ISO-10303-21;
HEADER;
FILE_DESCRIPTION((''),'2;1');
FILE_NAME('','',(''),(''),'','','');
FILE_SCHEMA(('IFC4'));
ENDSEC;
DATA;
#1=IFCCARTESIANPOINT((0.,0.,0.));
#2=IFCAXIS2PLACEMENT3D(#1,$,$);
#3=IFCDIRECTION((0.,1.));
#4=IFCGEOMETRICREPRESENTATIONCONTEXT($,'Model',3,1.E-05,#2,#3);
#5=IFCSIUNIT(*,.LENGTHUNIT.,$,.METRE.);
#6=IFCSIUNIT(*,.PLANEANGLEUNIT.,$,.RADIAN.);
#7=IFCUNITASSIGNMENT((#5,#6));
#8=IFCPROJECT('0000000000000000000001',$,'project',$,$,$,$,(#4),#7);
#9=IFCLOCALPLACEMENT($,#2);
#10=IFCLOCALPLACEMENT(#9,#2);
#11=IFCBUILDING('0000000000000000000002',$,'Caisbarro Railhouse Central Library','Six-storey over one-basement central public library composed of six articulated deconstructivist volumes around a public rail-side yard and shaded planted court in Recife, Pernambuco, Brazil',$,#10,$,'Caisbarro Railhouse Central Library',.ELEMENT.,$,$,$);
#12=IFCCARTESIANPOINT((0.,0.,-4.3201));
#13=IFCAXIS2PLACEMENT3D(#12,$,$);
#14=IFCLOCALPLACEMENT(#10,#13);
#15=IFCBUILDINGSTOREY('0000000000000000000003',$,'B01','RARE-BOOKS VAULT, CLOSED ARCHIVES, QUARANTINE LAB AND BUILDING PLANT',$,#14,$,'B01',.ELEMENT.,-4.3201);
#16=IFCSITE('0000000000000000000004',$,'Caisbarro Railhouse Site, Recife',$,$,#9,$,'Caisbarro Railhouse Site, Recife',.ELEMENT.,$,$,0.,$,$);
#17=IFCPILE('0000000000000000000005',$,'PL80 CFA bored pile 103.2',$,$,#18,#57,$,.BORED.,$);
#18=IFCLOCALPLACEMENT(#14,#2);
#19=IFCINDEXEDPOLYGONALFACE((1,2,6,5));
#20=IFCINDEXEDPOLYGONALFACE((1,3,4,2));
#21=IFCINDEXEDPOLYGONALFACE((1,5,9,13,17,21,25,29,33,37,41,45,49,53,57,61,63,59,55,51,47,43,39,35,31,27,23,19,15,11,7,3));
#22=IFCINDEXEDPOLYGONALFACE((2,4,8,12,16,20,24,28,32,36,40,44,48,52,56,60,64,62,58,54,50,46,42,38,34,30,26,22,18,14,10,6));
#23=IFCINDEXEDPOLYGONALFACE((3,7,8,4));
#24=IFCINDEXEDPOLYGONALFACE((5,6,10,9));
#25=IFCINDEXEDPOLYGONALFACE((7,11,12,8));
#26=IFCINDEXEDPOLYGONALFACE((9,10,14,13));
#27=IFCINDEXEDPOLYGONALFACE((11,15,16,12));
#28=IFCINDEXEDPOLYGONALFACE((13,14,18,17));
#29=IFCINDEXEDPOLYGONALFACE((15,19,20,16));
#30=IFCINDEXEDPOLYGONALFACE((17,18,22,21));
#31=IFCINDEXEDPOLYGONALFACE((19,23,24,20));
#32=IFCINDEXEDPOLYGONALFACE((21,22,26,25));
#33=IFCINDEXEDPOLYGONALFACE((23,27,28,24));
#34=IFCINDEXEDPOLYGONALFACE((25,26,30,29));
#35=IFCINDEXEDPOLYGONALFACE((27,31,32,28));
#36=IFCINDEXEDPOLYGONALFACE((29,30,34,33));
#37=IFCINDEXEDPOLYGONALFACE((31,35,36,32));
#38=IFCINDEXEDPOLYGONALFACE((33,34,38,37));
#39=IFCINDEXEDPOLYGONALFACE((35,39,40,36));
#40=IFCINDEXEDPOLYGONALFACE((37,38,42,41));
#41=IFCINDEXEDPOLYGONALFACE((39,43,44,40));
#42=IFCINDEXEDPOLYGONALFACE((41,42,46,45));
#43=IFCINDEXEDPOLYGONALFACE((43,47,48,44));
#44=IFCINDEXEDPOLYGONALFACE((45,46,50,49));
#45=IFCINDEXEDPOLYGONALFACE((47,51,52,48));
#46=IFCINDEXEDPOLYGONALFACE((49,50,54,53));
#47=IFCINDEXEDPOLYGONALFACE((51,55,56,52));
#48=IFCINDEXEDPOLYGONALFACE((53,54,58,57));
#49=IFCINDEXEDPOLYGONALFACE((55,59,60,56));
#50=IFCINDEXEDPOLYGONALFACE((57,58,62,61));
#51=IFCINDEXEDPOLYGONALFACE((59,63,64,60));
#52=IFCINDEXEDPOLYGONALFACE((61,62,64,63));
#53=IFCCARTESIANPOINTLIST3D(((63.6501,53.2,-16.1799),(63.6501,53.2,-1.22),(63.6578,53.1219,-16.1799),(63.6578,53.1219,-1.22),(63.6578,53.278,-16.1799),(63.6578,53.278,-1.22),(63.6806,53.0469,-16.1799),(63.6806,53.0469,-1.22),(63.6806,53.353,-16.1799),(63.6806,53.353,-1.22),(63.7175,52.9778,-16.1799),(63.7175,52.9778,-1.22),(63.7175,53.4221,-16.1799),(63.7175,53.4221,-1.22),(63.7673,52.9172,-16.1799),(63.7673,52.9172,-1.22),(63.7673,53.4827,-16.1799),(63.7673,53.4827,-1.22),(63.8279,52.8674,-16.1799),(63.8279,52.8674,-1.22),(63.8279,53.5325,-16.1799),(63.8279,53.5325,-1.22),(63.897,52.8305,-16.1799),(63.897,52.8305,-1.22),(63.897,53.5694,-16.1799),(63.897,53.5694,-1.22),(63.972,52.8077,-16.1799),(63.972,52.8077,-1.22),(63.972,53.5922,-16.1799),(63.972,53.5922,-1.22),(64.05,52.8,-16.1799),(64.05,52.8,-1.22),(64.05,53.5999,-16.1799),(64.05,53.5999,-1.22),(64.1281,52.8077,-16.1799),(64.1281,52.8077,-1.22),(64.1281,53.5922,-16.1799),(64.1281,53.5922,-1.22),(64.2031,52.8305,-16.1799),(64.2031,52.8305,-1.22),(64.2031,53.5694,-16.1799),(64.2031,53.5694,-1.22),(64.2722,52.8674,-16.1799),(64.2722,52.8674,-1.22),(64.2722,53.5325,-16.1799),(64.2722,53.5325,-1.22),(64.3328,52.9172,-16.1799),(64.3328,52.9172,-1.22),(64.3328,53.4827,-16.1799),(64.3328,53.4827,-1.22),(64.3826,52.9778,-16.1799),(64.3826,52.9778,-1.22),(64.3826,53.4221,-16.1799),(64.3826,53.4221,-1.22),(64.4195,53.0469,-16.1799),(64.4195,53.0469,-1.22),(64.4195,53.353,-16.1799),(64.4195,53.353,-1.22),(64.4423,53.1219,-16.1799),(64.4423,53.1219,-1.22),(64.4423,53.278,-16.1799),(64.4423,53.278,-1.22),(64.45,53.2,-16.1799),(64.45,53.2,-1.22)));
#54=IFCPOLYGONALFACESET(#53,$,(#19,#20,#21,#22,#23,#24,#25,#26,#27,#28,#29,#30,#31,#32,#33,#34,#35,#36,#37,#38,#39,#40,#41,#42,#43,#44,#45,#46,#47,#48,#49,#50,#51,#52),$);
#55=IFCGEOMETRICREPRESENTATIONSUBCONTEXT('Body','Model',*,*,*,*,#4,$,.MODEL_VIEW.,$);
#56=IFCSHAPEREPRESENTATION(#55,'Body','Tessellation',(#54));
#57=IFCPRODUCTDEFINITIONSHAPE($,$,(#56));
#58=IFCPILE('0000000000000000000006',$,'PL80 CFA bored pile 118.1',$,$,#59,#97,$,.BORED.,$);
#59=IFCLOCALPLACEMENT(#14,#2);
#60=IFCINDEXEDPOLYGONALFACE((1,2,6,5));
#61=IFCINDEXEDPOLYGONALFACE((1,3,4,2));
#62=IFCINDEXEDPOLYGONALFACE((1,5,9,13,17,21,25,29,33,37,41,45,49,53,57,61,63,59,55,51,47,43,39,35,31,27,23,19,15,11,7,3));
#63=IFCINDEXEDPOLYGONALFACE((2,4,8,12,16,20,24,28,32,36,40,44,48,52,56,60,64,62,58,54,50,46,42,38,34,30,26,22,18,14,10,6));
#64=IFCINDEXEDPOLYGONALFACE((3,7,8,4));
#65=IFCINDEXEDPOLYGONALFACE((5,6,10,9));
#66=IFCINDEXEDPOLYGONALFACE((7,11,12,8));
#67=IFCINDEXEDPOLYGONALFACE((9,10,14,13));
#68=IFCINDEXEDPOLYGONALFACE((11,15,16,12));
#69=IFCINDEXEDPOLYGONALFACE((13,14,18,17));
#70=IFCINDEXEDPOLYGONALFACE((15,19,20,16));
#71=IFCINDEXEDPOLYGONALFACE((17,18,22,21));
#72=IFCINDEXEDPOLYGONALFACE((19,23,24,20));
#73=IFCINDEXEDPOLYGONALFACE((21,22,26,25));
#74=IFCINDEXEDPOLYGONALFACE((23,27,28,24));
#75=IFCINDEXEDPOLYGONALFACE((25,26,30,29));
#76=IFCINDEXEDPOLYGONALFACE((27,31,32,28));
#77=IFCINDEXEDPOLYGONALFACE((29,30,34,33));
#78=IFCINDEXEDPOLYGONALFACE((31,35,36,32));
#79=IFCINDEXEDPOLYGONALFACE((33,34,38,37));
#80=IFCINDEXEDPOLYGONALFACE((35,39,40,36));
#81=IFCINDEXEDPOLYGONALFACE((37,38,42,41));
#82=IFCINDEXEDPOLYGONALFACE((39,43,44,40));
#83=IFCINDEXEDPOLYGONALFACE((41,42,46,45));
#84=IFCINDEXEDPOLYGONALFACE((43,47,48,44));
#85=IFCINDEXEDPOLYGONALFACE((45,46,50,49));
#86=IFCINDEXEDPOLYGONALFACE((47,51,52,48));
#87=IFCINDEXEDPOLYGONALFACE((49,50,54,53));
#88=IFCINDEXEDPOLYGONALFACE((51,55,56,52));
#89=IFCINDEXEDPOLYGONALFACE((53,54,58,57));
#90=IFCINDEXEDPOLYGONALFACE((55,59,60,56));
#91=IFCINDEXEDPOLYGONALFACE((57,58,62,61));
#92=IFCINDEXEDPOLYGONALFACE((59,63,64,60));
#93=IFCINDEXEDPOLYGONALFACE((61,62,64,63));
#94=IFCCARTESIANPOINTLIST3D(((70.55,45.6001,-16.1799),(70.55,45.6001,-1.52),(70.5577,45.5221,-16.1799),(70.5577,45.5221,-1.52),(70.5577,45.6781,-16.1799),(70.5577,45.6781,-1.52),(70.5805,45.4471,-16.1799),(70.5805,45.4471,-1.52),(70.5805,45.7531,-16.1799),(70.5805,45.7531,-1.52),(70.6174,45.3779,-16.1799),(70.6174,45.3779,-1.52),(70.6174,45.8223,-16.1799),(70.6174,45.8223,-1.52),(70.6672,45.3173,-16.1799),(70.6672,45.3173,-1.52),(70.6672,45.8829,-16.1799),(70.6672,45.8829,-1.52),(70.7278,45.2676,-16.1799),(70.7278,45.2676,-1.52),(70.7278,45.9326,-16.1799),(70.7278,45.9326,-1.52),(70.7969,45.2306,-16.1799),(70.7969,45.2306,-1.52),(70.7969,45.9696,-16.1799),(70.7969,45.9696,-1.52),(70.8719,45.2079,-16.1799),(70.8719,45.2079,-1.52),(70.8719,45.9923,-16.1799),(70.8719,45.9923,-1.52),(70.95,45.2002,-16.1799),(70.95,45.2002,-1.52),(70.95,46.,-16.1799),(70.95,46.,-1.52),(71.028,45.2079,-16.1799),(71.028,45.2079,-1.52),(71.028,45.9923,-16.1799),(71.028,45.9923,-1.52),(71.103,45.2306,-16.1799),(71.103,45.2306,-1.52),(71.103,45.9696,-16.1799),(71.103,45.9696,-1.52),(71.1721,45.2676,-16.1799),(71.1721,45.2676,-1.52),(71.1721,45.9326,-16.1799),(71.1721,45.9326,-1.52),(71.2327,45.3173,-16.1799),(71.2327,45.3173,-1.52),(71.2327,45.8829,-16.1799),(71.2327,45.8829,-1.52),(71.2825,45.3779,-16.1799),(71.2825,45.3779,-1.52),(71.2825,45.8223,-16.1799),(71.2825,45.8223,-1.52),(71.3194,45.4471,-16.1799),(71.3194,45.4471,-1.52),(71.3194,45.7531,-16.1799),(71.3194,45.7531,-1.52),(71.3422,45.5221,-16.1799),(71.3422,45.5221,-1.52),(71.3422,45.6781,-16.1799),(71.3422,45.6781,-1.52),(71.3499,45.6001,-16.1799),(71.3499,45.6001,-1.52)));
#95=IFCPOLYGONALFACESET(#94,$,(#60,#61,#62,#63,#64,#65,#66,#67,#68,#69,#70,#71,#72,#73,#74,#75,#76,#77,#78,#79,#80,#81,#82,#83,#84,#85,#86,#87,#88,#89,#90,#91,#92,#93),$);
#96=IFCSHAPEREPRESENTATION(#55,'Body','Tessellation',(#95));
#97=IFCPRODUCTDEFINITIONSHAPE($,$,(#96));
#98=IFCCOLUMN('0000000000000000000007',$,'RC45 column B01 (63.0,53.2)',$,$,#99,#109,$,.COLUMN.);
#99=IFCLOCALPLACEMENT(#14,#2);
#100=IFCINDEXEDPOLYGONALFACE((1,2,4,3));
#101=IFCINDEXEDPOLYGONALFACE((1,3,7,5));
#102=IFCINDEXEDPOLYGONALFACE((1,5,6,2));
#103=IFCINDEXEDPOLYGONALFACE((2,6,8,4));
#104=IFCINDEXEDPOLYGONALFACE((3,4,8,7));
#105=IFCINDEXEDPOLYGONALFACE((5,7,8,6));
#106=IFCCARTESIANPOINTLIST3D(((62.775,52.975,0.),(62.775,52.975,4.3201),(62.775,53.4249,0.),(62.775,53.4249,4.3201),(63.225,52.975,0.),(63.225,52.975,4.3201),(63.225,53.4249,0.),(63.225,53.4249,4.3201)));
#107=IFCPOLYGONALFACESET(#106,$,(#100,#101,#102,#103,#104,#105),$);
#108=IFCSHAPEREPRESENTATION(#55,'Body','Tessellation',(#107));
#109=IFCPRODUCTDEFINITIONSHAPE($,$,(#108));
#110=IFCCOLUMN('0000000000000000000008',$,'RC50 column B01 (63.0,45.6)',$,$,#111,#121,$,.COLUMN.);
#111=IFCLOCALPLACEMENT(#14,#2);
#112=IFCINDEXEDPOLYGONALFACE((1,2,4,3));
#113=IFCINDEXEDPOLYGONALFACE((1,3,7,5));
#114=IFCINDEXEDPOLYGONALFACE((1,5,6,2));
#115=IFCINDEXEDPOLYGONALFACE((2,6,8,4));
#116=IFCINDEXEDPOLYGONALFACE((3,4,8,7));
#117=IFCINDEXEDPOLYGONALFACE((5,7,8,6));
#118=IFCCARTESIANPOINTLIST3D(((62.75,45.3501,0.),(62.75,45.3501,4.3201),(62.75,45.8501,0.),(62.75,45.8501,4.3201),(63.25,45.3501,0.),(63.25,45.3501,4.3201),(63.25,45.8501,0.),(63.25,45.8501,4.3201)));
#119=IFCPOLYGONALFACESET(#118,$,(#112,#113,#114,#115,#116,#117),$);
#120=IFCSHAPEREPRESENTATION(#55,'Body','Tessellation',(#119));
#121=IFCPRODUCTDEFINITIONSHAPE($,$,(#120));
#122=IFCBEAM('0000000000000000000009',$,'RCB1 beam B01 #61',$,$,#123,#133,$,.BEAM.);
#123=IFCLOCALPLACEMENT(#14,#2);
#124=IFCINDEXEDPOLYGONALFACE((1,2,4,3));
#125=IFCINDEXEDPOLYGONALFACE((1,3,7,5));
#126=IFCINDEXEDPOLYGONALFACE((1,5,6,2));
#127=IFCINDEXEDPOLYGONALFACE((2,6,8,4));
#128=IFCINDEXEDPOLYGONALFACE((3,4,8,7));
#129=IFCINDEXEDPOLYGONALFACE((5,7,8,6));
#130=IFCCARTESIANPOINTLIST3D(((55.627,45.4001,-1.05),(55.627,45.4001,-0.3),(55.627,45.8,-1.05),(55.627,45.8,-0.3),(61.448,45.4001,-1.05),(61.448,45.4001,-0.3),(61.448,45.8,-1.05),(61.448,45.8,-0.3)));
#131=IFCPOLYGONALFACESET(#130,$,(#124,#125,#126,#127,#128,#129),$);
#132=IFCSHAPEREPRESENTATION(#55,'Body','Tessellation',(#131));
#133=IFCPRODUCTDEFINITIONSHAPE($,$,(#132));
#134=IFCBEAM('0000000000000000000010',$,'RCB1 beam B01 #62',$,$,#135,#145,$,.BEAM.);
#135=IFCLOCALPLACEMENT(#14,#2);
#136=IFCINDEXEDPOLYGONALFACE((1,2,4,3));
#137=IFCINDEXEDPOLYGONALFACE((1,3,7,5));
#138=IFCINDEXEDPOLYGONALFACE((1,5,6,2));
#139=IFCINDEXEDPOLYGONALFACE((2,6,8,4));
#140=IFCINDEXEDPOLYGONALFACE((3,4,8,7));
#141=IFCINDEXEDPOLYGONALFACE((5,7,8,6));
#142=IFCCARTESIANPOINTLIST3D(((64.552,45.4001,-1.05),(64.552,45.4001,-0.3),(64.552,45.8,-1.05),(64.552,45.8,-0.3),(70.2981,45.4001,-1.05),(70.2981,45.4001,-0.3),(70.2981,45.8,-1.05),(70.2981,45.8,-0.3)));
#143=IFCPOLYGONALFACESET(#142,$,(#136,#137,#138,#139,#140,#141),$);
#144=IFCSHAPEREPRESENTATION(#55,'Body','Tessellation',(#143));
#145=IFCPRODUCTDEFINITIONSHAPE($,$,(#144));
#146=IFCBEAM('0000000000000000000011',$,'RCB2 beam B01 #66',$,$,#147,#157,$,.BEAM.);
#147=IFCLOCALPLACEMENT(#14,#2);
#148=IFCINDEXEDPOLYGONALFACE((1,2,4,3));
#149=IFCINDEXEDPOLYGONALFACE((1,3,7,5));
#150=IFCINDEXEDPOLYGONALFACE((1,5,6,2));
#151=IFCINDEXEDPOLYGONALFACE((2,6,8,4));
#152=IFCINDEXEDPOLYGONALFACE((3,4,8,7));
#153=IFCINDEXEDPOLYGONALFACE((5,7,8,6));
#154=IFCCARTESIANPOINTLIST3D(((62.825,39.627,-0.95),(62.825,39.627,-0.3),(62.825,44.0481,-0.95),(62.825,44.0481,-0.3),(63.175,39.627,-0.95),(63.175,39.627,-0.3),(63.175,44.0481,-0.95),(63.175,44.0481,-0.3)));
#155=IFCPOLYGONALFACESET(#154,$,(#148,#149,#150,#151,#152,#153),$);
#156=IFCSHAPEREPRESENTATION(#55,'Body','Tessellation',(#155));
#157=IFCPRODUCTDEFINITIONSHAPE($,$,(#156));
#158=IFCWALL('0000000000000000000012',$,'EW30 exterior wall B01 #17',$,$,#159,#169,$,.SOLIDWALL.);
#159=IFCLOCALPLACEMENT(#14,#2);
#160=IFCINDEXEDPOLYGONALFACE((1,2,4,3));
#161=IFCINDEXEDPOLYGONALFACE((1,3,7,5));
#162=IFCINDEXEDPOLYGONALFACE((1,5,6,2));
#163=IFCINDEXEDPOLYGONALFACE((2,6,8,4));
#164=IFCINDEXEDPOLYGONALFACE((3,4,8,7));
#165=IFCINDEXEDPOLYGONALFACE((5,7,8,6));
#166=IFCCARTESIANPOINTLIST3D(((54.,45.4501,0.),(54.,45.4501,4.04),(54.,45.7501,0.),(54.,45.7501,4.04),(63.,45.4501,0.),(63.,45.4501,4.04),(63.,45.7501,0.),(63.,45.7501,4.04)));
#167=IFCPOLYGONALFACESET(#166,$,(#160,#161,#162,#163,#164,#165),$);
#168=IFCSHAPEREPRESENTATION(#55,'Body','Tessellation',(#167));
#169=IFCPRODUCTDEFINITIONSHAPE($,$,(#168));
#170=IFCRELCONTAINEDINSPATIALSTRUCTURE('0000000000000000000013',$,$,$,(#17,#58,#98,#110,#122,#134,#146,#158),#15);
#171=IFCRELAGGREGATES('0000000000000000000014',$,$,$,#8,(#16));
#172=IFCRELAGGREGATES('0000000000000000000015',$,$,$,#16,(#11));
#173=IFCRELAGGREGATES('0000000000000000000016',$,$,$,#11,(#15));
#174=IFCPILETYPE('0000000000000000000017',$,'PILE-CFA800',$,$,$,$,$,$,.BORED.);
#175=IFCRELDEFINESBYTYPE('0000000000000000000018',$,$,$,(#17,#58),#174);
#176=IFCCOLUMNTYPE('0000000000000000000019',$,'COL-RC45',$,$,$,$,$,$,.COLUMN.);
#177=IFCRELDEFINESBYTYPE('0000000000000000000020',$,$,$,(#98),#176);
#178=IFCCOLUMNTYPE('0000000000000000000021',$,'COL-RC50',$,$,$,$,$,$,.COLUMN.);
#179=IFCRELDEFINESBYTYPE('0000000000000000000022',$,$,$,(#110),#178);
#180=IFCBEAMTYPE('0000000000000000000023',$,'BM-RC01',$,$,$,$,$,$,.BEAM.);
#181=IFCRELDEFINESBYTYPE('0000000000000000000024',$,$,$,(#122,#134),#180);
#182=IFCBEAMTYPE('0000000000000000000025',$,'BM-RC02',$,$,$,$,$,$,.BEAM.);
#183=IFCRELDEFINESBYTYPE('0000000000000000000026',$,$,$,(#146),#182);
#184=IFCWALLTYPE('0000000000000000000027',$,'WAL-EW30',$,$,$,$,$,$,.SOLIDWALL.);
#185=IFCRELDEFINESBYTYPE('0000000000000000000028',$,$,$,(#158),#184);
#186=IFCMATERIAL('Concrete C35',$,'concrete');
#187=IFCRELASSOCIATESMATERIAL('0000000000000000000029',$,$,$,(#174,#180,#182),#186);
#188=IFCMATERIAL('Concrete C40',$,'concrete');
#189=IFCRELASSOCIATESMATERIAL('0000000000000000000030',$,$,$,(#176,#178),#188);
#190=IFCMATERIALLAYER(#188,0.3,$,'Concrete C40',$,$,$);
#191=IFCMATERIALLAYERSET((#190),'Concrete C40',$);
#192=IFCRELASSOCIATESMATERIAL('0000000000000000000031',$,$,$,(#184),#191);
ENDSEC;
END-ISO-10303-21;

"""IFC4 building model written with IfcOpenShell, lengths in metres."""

from ifc_helpers import new_model, si_unit, direction, frame, frame_2d, origin, origin_2d, place, context, subcontext, project, spatial, rectangle, circle, extrude, material, layer, layer_set, material_profile, profile_set, type_object, element, save


model = new_model("IFC4")

# Units and contexts
model_context = context("Model", 3, precision=1e-05, world=origin(), true_north=direction((0.0, 1.0)))
body_context = subcontext(model_context, "Body", "Model", "MODEL_VIEW")
ifc_project = project(units=[si_unit("LENGTHUNIT", "METRE"), si_unit("PLANEANGLEUNIT", "RADIAN")], contexts=[model_context])

# Site, building, storey
site_placement = place(None, origin())
site = spatial("IfcSite", under=ifc_project, at=site_placement, Name="Caisbarro Railhouse Site, Recife", LongName="Caisbarro Railhouse Site, Recife", CompositionType="ELEMENT", RefElevation=0.0)
building_placement = place(site_placement, origin())
building = spatial("IfcBuilding", under=site, at=building_placement, Name="Caisbarro Railhouse Central Library", Description="Six-storey over one-basement central public library composed of six articulated deconstructivist volumes around a public rail-side yard and shaded planted court in Recife, Pernambuco, Brazil", LongName="Caisbarro Railhouse Central Library", CompositionType="ELEMENT")
storey_placement = place(building_placement, frame((0.0, 0.0, -4.3201)))
storey = spatial("IfcBuildingStorey", under=building, at=storey_placement, Name="B01", Description="RARE-BOOKS VAULT, CLOSED ARCHIVES, QUARANTINE LAB AND BUILDING PLANT", LongName="B01", CompositionType="ELEMENT", Elevation=-4.3201)

# Shared definitions
ifc_material_1 = material(Name="Concrete C35", Category="concrete")
ifc_material_2 = material(Name="Concrete C40", Category="concrete")

# Piles
ifc_material_profile_1 = material_profile(ifc_material_1, circle(Radius=0.3999, at=origin_2d()), Name="PILE-CFA-800")
ifc_profile_set_1 = profile_set([ifc_material_profile_1], Name="Concrete C35")
pile_type_1 = type_object("IfcPileType", Name="PILE-CFA800", PredefinedType="BORED", material=ifc_profile_set_1)
for number, where, z_axis, x_axis, name in (
    (1, (64.05, 53.2, -1.22), (0.0, 0.0, -1.0), (1.0, 0.0, 0.0), "PL80 CFA bored pile 103.2"),
):
    element("IfcPile", number, at=place(storey_placement, frame(where, z_axis=z_axis, x_axis=x_axis)), inside=storey, type_object=pile_type_1, Name=name, PredefinedType="BORED", context=body_context, shape_type="SweptSolid", body=[
        extrude(circle(Radius=0.3999, at=origin_2d()), origin(), (0.0, 0.0, 1.0), 14.96),
    ])
pile_1_placement = place(storey_placement, frame((70.95, 45.6001, -1.52), z_axis=(0.0, 0.0, -1.0), x_axis=(1.0, 0.0, 0.0)))
element("IfcPile", 2, at=pile_1_placement, inside=storey, type_object=pile_type_1, Name="PL80 CFA bored pile 118.1", PredefinedType="BORED", context=body_context, shape_type="SweptSolid", body=[
    extrude(circle(Radius=0.3999, at=origin_2d()), origin(), (0.0, 0.0, 1.0), 14.6599),
])

# Columns
ifc_material_profile_2 = material_profile(ifc_material_2, rectangle(XDim=0.45, YDim=0.45, at=origin_2d()), Name="RC-COL-450X450")
ifc_profile_set_2 = profile_set([ifc_material_profile_2], Name="Concrete C40")
column_type_1 = type_object("IfcColumnType", Name="COL-RC45", PredefinedType="COLUMN", material=ifc_profile_set_2)
column_1_placement = place(storey_placement, frame((63.0, 53.2, 0.0), z_axis=(0.0, 0.0, 1.0), x_axis=(1.0, 0.0, 0.0)))
element("IfcColumn", 3, at=column_1_placement, inside=storey, type_object=column_type_1, Name="RC45 column B01 (63.0,53.2)", PredefinedType="COLUMN", context=body_context, shape_type="SweptSolid", body=[
    extrude(rectangle(XDim=0.45, YDim=0.45, at=origin_2d()), origin(), (0.0, 0.0, 1.0), 4.3201),
])
ifc_material_profile_3 = material_profile(ifc_material_2, rectangle(XDim=0.5, YDim=0.5, at=origin_2d()), Name="RC-COL-500X500")
ifc_profile_set_3 = profile_set([ifc_material_profile_3], Name="Concrete C40")
column_type_2 = type_object("IfcColumnType", Name="COL-RC50", PredefinedType="COLUMN", material=ifc_profile_set_3)
column_2_placement = place(storey_placement, frame((63.0, 45.6001, 0.0), z_axis=(0.0, 0.0, 1.0), x_axis=(1.0, 0.0, 0.0)))
element("IfcColumn", 4, at=column_2_placement, inside=storey, type_object=column_type_2, Name="RC50 column B01 (63.0,45.6)", PredefinedType="COLUMN", context=body_context, shape_type="SweptSolid", body=[
    extrude(rectangle(XDim=0.5, YDim=0.5, at=origin_2d()), origin(), (0.0, 0.0, 1.0), 4.3201),
])

# Beams
ifc_material_profile_4 = material_profile(ifc_material_1, rectangle(XDim=0.3999, YDim=0.75, at=origin_2d()), Name="RC-BM-400X750")
ifc_profile_set_4 = profile_set([ifc_material_profile_4], Name="Concrete C35")
beam_type_1 = type_object("IfcBeamType", Name="BM-RC01", PredefinedType="BEAM", material=ifc_profile_set_4)
beam_1_placement = place(storey_placement, frame((55.627, 45.6001, -0.675), z_axis=(1.0, 0.0, 0.0), x_axis=(0.0, 1.0, 0.0)))
element("IfcBeam", 5, at=beam_1_placement, inside=storey, type_object=beam_type_1, Name="RCB1 beam B01 #61", PredefinedType="BEAM", context=body_context, shape_type="SweptSolid", body=[
    extrude(rectangle(XDim=0.3999, YDim=0.75, at=origin_2d()), origin(), (0.0, 0.0, 1.0), 5.821),
])
beam_2_placement = place(storey_placement, frame((64.552, 45.6001, -0.675), z_axis=(1.0, 0.0, 0.0), x_axis=(0.0, 1.0, 0.0)))
element("IfcBeam", 6, at=beam_2_placement, inside=storey, type_object=beam_type_1, Name="RCB1 beam B01 #62", PredefinedType="BEAM", context=body_context, shape_type="SweptSolid", body=[
    extrude(rectangle(XDim=0.3999, YDim=0.75, at=origin_2d()), origin(), (0.0, 0.0, 1.0), 5.7461),
])
ifc_material_profile_5 = material_profile(ifc_material_1, rectangle(XDim=0.3501, YDim=0.6499, at=origin_2d()), Name="RC-BM-350X650")
ifc_profile_set_5 = profile_set([ifc_material_profile_5], Name="Concrete C35")
beam_type_2 = type_object("IfcBeamType", Name="BM-RC02", PredefinedType="BEAM", material=ifc_profile_set_5)
beam_3_placement = place(storey_placement, frame((63.0, 39.627, -0.625), z_axis=(0.0, 1.0, 0.0), x_axis=(-1.0, 0.0, 0.0)))
element("IfcBeam", 7, at=beam_3_placement, inside=storey, type_object=beam_type_2, Name="RCB2 beam B01 #66", PredefinedType="BEAM", context=body_context, shape_type="SweptSolid", body=[
    extrude(rectangle(XDim=0.3501, YDim=0.6499, at=origin_2d()), origin(), (0.0, 0.0, 1.0), 4.4211),
])

# Wall
ifc_layer_1 = layer(ifc_material_2, 0.3, Name="Concrete C40")
ifc_layer_set_1 = layer_set([ifc_layer_1], Name="Concrete C40")
wall_type = type_object("IfcWallType", Name="WAL-EW30", PredefinedType="SOLIDWALL", material=ifc_layer_set_1)
wall_placement = place(storey_placement, frame((63.0, 45.6001, 0.0), z_axis=(0.0, 0.0, 1.0), x_axis=(-1.0, 0.0, 0.0)))
element("IfcWall", 8, at=wall_placement, inside=storey, type_object=wall_type, Name="EW30 exterior wall B01 #17", PredefinedType="SOLIDWALL", context=body_context, shape_type="SweptSolid", body=[
    extrude(rectangle(XDim=9.0, YDim=0.3, at=frame_2d((4.5, 0.0))), origin(), (0.0, 0.0, 1.0), 4.04),
])

save(model, "model.ifc")
